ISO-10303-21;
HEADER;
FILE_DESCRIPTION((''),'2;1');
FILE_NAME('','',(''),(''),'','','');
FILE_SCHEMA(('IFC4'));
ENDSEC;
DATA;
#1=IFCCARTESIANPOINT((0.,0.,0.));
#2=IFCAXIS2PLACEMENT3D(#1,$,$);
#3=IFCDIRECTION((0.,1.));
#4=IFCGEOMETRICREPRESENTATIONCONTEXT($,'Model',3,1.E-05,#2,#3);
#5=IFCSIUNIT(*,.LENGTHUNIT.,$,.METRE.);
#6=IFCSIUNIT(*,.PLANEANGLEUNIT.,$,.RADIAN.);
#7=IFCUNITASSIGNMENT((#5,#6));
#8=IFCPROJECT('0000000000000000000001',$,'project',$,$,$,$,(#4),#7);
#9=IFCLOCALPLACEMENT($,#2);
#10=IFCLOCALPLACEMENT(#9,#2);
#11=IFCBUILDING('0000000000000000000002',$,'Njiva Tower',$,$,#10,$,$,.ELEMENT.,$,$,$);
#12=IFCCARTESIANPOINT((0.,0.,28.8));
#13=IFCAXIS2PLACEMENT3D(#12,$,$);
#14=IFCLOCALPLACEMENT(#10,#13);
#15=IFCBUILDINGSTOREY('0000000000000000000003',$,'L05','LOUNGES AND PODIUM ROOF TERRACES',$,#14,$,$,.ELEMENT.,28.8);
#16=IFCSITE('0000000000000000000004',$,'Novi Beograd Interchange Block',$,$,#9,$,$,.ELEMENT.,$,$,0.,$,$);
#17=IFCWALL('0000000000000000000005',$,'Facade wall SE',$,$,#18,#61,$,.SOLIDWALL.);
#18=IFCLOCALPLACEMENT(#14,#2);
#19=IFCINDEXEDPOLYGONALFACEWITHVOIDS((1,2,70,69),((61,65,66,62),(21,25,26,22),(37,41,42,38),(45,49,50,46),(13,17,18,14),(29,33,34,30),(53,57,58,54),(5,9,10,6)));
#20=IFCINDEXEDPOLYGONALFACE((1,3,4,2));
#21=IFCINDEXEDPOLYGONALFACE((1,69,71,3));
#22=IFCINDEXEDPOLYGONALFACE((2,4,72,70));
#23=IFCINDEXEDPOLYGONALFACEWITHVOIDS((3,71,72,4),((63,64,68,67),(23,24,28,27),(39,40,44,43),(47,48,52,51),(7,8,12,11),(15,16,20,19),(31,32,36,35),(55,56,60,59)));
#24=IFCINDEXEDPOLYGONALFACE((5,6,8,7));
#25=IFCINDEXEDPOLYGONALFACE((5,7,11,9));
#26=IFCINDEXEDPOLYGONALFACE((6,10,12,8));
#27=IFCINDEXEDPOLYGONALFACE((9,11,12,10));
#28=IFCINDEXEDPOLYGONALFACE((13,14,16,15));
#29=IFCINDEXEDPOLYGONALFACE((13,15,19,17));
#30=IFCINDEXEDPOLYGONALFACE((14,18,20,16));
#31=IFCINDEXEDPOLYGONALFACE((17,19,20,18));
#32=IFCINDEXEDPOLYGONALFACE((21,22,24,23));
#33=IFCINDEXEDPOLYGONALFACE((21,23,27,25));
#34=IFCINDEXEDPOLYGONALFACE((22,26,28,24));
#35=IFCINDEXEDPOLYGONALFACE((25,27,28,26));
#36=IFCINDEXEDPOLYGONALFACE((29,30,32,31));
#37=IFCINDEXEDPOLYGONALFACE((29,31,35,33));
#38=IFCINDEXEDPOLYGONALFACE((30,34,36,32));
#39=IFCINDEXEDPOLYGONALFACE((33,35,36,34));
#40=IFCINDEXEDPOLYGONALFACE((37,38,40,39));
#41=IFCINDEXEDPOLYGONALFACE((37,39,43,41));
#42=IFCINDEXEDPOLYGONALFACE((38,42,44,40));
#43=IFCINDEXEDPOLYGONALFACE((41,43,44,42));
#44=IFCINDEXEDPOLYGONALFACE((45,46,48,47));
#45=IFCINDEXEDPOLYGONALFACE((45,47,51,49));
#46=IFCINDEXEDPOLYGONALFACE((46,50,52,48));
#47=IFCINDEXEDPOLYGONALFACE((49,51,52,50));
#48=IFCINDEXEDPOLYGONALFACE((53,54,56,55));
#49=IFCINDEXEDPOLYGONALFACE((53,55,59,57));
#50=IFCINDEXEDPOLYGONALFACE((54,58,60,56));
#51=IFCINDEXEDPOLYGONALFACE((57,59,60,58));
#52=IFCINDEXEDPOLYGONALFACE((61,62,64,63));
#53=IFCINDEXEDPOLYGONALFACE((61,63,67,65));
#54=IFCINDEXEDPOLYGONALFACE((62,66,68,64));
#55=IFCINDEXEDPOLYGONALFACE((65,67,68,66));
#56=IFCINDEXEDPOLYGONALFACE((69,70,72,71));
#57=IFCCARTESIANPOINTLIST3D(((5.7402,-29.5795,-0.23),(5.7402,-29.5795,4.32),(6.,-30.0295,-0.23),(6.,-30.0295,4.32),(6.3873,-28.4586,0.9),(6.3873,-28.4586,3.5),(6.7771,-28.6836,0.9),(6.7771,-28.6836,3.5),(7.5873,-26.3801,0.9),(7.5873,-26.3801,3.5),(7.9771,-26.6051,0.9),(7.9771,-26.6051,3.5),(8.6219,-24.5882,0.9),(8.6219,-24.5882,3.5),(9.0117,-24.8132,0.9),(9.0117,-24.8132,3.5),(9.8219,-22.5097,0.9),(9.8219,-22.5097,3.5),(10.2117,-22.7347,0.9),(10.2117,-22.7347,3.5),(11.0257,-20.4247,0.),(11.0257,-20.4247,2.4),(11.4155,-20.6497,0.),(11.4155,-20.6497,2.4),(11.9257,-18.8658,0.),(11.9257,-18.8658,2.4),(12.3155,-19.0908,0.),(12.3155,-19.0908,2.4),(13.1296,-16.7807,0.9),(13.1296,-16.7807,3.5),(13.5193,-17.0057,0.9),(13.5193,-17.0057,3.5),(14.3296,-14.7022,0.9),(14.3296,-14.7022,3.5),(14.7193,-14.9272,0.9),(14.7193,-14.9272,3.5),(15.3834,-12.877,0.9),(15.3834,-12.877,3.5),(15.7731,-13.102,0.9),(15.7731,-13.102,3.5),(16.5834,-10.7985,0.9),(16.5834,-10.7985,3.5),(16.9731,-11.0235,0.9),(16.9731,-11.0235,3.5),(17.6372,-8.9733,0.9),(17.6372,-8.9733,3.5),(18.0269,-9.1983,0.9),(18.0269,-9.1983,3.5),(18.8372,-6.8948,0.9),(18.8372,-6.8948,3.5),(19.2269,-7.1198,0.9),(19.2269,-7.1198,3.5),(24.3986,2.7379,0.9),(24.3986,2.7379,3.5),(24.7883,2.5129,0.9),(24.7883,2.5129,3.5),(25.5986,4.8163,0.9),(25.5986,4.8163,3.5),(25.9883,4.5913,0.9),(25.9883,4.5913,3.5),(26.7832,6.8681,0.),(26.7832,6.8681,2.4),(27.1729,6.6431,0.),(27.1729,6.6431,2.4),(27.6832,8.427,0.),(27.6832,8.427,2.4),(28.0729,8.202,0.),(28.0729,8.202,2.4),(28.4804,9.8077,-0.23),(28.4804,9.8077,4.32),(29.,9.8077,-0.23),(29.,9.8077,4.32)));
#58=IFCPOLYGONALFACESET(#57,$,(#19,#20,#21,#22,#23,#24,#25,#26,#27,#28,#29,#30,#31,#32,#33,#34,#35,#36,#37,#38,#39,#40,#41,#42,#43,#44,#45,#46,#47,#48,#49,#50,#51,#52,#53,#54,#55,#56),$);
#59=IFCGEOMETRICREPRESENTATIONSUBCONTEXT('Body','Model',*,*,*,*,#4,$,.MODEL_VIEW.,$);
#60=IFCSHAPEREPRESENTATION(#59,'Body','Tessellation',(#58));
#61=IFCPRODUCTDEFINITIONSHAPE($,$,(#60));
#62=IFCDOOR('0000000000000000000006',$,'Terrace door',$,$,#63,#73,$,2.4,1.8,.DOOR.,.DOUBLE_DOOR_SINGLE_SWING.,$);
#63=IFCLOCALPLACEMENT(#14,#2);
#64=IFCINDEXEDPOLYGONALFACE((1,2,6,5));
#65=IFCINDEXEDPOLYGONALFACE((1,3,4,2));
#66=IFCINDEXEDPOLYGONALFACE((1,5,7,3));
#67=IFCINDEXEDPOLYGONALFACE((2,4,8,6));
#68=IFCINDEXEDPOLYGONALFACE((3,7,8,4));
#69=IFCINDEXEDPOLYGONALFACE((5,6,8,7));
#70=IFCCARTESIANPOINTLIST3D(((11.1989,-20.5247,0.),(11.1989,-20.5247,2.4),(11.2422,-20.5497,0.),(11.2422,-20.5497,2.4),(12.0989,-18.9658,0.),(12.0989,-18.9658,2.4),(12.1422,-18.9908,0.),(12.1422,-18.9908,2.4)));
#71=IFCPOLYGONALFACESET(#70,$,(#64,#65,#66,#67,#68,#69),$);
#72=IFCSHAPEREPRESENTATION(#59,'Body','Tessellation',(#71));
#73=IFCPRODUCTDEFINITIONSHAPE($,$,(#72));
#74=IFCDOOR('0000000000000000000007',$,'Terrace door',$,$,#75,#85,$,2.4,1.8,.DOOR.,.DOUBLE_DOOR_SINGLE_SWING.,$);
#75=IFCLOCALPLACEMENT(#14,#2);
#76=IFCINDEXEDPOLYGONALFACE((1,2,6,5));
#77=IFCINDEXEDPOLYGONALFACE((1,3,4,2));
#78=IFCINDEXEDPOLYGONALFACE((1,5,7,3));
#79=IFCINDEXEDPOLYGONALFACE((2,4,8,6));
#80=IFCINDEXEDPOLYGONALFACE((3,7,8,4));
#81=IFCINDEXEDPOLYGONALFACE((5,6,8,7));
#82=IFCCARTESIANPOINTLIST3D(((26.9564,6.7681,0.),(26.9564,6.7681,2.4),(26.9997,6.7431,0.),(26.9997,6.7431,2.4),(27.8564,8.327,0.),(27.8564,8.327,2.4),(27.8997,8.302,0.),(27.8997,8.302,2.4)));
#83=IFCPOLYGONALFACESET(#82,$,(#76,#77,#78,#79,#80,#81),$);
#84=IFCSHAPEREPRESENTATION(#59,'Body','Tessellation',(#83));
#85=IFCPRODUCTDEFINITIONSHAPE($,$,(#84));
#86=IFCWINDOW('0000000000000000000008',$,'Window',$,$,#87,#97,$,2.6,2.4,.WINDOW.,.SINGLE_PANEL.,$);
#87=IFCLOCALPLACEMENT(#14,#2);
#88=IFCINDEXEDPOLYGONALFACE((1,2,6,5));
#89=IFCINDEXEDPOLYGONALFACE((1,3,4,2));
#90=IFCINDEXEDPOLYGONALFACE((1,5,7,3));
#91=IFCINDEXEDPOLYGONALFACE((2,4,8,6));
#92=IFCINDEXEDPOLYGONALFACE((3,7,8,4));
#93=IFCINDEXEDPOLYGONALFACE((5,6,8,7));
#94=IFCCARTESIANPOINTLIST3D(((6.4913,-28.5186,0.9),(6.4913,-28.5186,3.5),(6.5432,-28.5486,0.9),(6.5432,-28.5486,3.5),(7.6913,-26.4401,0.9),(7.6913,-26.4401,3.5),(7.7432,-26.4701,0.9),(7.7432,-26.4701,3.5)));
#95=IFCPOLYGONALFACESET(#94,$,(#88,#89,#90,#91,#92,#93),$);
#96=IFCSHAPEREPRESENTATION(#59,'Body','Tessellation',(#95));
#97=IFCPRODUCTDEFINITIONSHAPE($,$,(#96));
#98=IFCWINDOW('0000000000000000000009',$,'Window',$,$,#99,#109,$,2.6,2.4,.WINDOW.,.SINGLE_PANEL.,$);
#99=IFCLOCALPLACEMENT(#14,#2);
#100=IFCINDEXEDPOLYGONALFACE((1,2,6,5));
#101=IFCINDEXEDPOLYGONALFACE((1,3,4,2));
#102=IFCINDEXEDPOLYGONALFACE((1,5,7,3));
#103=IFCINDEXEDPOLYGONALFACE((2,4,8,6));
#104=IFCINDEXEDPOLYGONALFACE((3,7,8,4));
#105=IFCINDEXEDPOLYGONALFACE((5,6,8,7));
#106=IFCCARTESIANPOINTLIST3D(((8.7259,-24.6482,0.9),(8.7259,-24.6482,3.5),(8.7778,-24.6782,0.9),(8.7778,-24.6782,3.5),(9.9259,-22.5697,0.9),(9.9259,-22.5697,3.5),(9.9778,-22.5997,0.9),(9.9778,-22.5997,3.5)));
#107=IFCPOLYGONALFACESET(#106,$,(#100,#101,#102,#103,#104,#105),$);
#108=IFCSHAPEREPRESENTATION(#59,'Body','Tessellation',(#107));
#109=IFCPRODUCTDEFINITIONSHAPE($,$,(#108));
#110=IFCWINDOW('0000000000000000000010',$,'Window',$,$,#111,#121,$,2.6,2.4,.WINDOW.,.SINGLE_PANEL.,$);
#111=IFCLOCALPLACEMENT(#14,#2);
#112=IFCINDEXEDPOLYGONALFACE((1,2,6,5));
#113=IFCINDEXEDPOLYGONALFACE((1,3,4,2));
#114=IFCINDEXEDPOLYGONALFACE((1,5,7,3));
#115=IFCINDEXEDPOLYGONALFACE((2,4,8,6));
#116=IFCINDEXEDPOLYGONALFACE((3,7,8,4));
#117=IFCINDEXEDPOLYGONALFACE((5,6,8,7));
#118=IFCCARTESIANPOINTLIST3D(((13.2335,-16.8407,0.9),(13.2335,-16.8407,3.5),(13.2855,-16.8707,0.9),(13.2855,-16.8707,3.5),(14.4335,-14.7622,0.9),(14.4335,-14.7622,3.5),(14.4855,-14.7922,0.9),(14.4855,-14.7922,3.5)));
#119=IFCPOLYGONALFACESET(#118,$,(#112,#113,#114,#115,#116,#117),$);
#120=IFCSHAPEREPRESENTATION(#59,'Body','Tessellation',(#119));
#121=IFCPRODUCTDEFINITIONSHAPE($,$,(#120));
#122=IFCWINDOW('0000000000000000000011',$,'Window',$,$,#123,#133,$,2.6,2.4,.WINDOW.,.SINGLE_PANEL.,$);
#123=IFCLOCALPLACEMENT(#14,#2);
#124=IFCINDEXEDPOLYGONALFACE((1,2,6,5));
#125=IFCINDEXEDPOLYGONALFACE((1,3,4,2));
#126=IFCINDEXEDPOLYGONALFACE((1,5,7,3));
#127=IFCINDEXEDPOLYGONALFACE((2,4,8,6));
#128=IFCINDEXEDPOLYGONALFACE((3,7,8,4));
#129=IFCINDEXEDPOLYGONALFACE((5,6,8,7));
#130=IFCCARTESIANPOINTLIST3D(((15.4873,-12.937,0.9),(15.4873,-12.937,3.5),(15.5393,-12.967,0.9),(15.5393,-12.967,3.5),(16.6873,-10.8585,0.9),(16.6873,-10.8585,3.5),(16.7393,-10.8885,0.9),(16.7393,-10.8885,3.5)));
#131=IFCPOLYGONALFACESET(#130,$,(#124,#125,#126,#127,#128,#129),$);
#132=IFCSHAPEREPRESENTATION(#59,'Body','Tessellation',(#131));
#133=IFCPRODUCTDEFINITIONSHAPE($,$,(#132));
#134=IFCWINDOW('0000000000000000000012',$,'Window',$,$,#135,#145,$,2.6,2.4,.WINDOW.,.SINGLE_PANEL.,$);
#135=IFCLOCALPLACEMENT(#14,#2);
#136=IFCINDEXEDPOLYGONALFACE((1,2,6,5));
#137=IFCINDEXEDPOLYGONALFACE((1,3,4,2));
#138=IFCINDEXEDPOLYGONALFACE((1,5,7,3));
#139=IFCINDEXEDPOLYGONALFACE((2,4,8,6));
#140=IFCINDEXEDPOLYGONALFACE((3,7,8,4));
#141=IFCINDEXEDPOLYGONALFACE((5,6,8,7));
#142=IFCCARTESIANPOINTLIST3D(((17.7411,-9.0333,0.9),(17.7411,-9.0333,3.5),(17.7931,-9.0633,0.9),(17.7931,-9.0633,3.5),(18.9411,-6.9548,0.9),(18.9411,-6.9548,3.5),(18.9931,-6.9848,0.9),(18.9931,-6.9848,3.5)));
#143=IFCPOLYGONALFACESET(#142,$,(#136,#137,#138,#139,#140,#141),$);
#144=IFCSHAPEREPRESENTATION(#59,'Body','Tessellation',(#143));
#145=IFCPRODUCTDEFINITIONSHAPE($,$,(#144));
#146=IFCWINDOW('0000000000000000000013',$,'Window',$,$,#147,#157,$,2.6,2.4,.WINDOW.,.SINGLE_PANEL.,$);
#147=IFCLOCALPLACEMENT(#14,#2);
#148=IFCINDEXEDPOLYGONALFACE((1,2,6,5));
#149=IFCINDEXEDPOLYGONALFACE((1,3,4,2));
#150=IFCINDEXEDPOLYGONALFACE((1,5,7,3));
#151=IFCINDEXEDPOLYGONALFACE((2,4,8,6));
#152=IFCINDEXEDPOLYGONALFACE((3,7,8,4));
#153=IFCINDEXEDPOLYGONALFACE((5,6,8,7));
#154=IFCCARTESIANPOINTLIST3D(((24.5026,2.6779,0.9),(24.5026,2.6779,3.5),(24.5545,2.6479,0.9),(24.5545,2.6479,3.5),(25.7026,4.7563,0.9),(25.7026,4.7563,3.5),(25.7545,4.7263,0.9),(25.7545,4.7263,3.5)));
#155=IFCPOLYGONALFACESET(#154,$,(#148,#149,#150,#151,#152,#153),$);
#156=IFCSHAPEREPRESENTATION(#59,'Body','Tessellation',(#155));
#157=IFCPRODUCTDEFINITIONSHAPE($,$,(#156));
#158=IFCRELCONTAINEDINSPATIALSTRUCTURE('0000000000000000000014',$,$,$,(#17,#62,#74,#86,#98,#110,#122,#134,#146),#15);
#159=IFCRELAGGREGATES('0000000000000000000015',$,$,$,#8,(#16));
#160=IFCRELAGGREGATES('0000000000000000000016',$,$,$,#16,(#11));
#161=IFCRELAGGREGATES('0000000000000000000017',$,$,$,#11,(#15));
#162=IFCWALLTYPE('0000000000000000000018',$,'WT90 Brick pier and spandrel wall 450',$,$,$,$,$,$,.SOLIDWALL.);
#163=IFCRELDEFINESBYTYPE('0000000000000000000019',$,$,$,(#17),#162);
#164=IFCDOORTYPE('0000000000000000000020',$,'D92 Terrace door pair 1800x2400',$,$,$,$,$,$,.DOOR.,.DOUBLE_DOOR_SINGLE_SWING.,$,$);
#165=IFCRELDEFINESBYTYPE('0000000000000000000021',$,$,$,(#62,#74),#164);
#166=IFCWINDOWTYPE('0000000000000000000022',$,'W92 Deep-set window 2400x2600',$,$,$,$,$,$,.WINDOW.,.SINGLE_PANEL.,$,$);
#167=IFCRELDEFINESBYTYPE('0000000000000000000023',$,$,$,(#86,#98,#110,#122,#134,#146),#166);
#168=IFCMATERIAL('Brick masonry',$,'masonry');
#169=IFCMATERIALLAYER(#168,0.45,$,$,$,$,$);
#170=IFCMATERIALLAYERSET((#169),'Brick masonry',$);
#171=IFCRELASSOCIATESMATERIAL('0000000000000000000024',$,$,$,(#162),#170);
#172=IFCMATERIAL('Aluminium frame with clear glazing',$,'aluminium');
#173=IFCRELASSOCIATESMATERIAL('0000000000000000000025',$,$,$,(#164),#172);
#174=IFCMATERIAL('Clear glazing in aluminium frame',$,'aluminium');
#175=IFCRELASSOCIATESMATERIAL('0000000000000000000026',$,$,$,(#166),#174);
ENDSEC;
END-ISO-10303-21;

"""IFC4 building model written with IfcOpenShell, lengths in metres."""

from ifc_helpers import new_model, si_unit, direction, frame, frame_2d, origin, place, context, subcontext, project, spatial, polyline, rectangle, outline, extrude, material, layer, layer_set, type_object, element, fill, save


model = new_model("IFC4")

# Units and contexts
model_context = context("Model", 3, precision=1e-05, world=origin(), true_north=direction((0.0, 1.0)))
body_context = subcontext(model_context, "Body", "Model", "MODEL_VIEW")
ifc_project = project(units=[si_unit("LENGTHUNIT", "METRE"), si_unit("PLANEANGLEUNIT", "RADIAN")], contexts=[model_context])

# Site, building, storey
site_placement = place(None, origin())
site = spatial("IfcSite", under=ifc_project, at=site_placement, Name="Novi Beograd Interchange Block", CompositionType="ELEMENT", RefElevation=0.0)
building_placement = place(site_placement, origin())
building = spatial("IfcBuilding", under=site, at=building_placement, Name="Njiva Tower", CompositionType="ELEMENT")
storey_placement = place(building_placement, frame((0.0, 0.0, 28.8)))
storey = spatial("IfcBuildingStorey", under=building, at=storey_placement, Name="L05", Description="LOUNGES AND PODIUM ROOF TERRACES", CompositionType="ELEMENT", Elevation=28.8)

# Wall, openings, doors, windows
ifc_material_1 = material(Name="Brick masonry", Category="masonry")
ifc_layer_1 = layer(ifc_material_1, 0.45)
ifc_layer_set_1 = layer_set([ifc_layer_1], Name="Brick masonry")
wall_type_1 = type_object("IfcWallType", Name="WT90 Brick pier and spandrel wall 450", PredefinedType="SOLIDWALL", material=ifc_layer_set_1)
wall_1_placement = place(storey_placement, frame((5.8701, -29.8045, -0.23), z_axis=(0.0, 0.0, 1.0), x_axis=(0.5, 0.866026, 0.0)))
wall_1 = element("IfcWall", 1, at=wall_1_placement, inside=storey, type_object=wall_type_1, Name="Facade wall SE", PredefinedType="SOLIDWALL", context=body_context, shape_type="SweptSolid", body=[
    extrude(outline(polyline([(-0.1299, -0.225), (45.8701, -0.225), (45.6103, 0.225), (0.1299, 0.225), (-0.1299, -0.225)])), origin(), (0.0, 0.0, 1.0), 4.55),
])
opening_1_placement = place(wall_1_placement, frame((1.4242, 0.0, 1.13)))
opening_1 = element("IfcOpeningElement", 2, at=opening_1_placement, cuts=wall_1, PredefinedType="OPENING", context=body_context, shape_type="SweptSolid", body=[
    extrude(rectangle(XDim=2.4, YDim=2.6, at=frame_2d((1.2, 1.3))), frame((0.0, 0.235, 0.0), z_axis=(0.0, -1.0, 0.0), x_axis=(1.0, 0.0, 0.0)), (0.0, 0.0, 1.0), 0.47),
])
opening_2_placement = place(wall_1_placement, frame((5.8934, 0.0, 1.13)))
opening_2 = element("IfcOpeningElement", 3, at=opening_2_placement, cuts=wall_1, PredefinedType="OPENING", context=body_context, shape_type="SweptSolid", body=[
    extrude(rectangle(XDim=2.4, YDim=2.6, at=frame_2d((1.2, 1.3))), frame((0.0, 0.235, 0.0), z_axis=(0.0, -1.0, 0.0), x_axis=(1.0, 0.0, 0.0)), (0.0, 0.0, 1.0), 0.47),
])
opening_3_placement = place(wall_1_placement, frame((10.701, 0.0, 0.23)))
opening_3 = element("IfcOpeningElement", 4, at=opening_3_placement, cuts=wall_1, PredefinedType="OPENING", context=body_context, shape_type="SweptSolid", body=[
    extrude(rectangle(XDim=1.8, YDim=2.4, at=frame_2d((0.9, 1.2))), frame((0.0, 0.235, 0.0), z_axis=(0.0, -1.0, 0.0), x_axis=(1.0, 0.0, 0.0)), (0.0, 0.0, 1.0), 0.47),
])
opening_4_placement = place(wall_1_placement, frame((14.9087, 0.0, 1.13)))
opening_4 = element("IfcOpeningElement", 5, at=opening_4_placement, cuts=wall_1, PredefinedType="OPENING", context=body_context, shape_type="SweptSolid", body=[
    extrude(rectangle(XDim=2.4, YDim=2.6, at=frame_2d((1.2, 1.3))), frame((0.0, 0.235, 0.0), z_axis=(0.0, -1.0, 0.0), x_axis=(1.0, 0.0, 0.0)), (0.0, 0.0, 1.0), 0.47),
])
opening_5_placement = place(wall_1_placement, frame((19.4163, 0.0, 1.13)))
opening_5 = element("IfcOpeningElement", 6, at=opening_5_placement, cuts=wall_1, PredefinedType="OPENING", context=body_context, shape_type="SweptSolid", body=[
    extrude(rectangle(XDim=2.4, YDim=2.6, at=frame_2d((1.2, 1.3))), frame((0.0, 0.235, 0.0), z_axis=(0.0, -1.0, 0.0), x_axis=(1.0, 0.0, 0.0)), (0.0, 0.0, 1.0), 0.47),
])
opening_6_placement = place(wall_1_placement, frame((23.9239, 0.0, 1.13)))
opening_6 = element("IfcOpeningElement", 7, at=opening_6_placement, cuts=wall_1, PredefinedType="OPENING", context=body_context, shape_type="SweptSolid", body=[
    extrude(rectangle(XDim=2.4, YDim=2.6, at=frame_2d((1.2, 1.3))), frame((0.0, 0.235, 0.0), z_axis=(0.0, -1.0, 0.0), x_axis=(1.0, 0.0, 0.0)), (0.0, 0.0, 1.0), 0.47),
])
opening_7_placement = place(wall_1_placement, frame((37.4468, 0.0, 1.13)))
opening_7 = element("IfcOpeningElement", 8, at=opening_7_placement, cuts=wall_1, PredefinedType="OPENING", context=body_context, shape_type="SweptSolid", body=[
    extrude(rectangle(XDim=2.4, YDim=2.6, at=frame_2d((1.2, 1.3))), frame((0.0, 0.235, 0.0), z_axis=(0.0, -1.0, 0.0), x_axis=(1.0, 0.0, 0.0)), (0.0, 0.0, 1.0), 0.47),
])
opening_8_placement = place(wall_1_placement, frame((42.216, 0.0, 0.23)))
opening_8 = element("IfcOpeningElement", 9, at=opening_8_placement, cuts=wall_1, PredefinedType="OPENING", context=body_context, shape_type="SweptSolid", body=[
    extrude(rectangle(XDim=1.8, YDim=2.4, at=frame_2d((0.9, 1.2))), frame((0.0, 0.235, 0.0), z_axis=(0.0, -1.0, 0.0), x_axis=(1.0, 0.0, 0.0)), (0.0, 0.0, 1.0), 0.47),
])
ifc_material_2 = material(Name="Aluminium frame with clear glazing", Category="aluminium")
door_type_1 = type_object("IfcDoorType", Name="D92 Terrace door pair 1800x2400", OperationType="DOUBLE_DOOR_SINGLE_SWING", PredefinedType="DOOR", material=ifc_material_2)
door_1_placement = place(opening_3_placement, frame((1.8, 0.0, 0.0), z_axis=(0.0, 0.0, 1.0), x_axis=(-1.0, 0.0, 0.0)))
door_1 = element("IfcDoor", 10, at=door_1_placement, inside=storey, type_object=door_type_1, Name="Terrace door", OperationType="DOUBLE_DOOR_SINGLE_SWING", OverallHeight=2.4, OverallWidth=1.8, PredefinedType="DOOR", context=body_context, shape_type="SweptSolid", body=[
    extrude(rectangle(XDim=1.8, YDim=2.4, at=frame_2d((0.9, 1.2))), frame((0.0, 0.025, 0.0), z_axis=(0.0, -1.0, 0.0), x_axis=(1.0, 0.0, 0.0)), (0.0, 0.0, 1.0), 0.05),
])
fill(opening_3, door_1)
door_2_placement = place(opening_8_placement, frame((1.8, 0.0, 0.0), z_axis=(0.0, 0.0, 1.0), x_axis=(-1.0, 0.0, 0.0)))
door_2 = element("IfcDoor", 11, at=door_2_placement, inside=storey, type_object=door_type_1, Name="Terrace door", OperationType="DOUBLE_DOOR_SINGLE_SWING", OverallHeight=2.4, OverallWidth=1.8, PredefinedType="DOOR", context=body_context, shape_type="SweptSolid", body=[
    extrude(rectangle(XDim=1.8, YDim=2.4, at=frame_2d((0.9, 1.2))), frame((0.0, 0.025, 0.0), z_axis=(0.0, -1.0, 0.0), x_axis=(1.0, 0.0, 0.0)), (0.0, 0.0, 1.0), 0.05),
])
fill(opening_8, door_2)
ifc_material_3 = material(Name="Clear glazing in aluminium frame", Category="aluminium")
window_type = type_object("IfcWindowType", Name="W92 Deep-set window 2400x2600", PartitioningType="SINGLE_PANEL", PredefinedType="WINDOW", material=ifc_material_3)
window_1_placement = place(opening_1_placement, origin())
window_1 = element("IfcWindow", 12, at=window_1_placement, inside=storey, type_object=window_type, Name="Window", OverallHeight=2.6, OverallWidth=2.4, PartitioningType="SINGLE_PANEL", PredefinedType="WINDOW", context=body_context, shape_type="SweptSolid", body=[
    extrude(rectangle(XDim=2.4, YDim=2.6, at=frame_2d((1.2, 1.3))), frame((0.0, 0.105, 0.0), z_axis=(0.0, -1.0, 0.0), x_axis=(1.0, 0.0, 0.0)), (0.0, 0.0, 1.0), 0.06),
])
fill(opening_1, window_1)
window_2_placement = place(opening_2_placement, origin())
window_2 = element("IfcWindow", 13, at=window_2_placement, inside=storey, type_object=window_type, Name="Window", OverallHeight=2.6, OverallWidth=2.4, PartitioningType="SINGLE_PANEL", PredefinedType="WINDOW", context=body_context, shape_type="SweptSolid", body=[
    extrude(rectangle(XDim=2.4, YDim=2.6, at=frame_2d((1.2, 1.3))), frame((0.0, 0.105, 0.0), z_axis=(0.0, -1.0, 0.0), x_axis=(1.0, 0.0, 0.0)), (0.0, 0.0, 1.0), 0.06),
])
fill(opening_2, window_2)
window_3_placement = place(opening_4_placement, origin())
window_3 = element("IfcWindow", 14, at=window_3_placement, inside=storey, type_object=window_type, Name="Window", OverallHeight=2.6, OverallWidth=2.4, PartitioningType="SINGLE_PANEL", PredefinedType="WINDOW", context=body_context, shape_type="SweptSolid", body=[
    extrude(rectangle(XDim=2.4, YDim=2.6, at=frame_2d((1.2, 1.3))), frame((0.0, 0.105, 0.0), z_axis=(0.0, -1.0, 0.0), x_axis=(1.0, 0.0, 0.0)), (0.0, 0.0, 1.0), 0.06),
])
fill(opening_4, window_3)
window_4_placement = place(opening_5_placement, origin())
window_4 = element("IfcWindow", 15, at=window_4_placement, inside=storey, type_object=window_type, Name="Window", OverallHeight=2.6, OverallWidth=2.4, PartitioningType="SINGLE_PANEL", PredefinedType="WINDOW", context=body_context, shape_type="SweptSolid", body=[
    extrude(rectangle(XDim=2.4, YDim=2.6, at=frame_2d((1.2, 1.3))), frame((0.0, 0.105, 0.0), z_axis=(0.0, -1.0, 0.0), x_axis=(1.0, 0.0, 0.0)), (0.0, 0.0, 1.0), 0.06),
])
fill(opening_5, window_4)
window_5_placement = place(opening_6_placement, origin())
window_5 = element("IfcWindow", 16, at=window_5_placement, inside=storey, type_object=window_type, Name="Window", OverallHeight=2.6, OverallWidth=2.4, PartitioningType="SINGLE_PANEL", PredefinedType="WINDOW", context=body_context, shape_type="SweptSolid", body=[
    extrude(rectangle(XDim=2.4, YDim=2.6, at=frame_2d((1.2, 1.3))), frame((0.0, 0.105, 0.0), z_axis=(0.0, -1.0, 0.0), x_axis=(1.0, 0.0, 0.0)), (0.0, 0.0, 1.0), 0.06),
])
fill(opening_6, window_5)
window_6_placement = place(opening_7_placement, origin())
window_6 = element("IfcWindow", 17, at=window_6_placement, inside=storey, type_object=window_type, Name="Window", OverallHeight=2.6, OverallWidth=2.4, PartitioningType="SINGLE_PANEL", PredefinedType="WINDOW", context=body_context, shape_type="SweptSolid", body=[
    extrude(rectangle(XDim=2.4, YDim=2.6, at=frame_2d((1.2, 1.3))), frame((0.0, 0.105, 0.0), z_axis=(0.0, -1.0, 0.0), x_axis=(1.0, 0.0, 0.0)), (0.0, 0.0, 1.0), 0.06),
])
fill(opening_7, window_6)

save(model, "model.ifc")
